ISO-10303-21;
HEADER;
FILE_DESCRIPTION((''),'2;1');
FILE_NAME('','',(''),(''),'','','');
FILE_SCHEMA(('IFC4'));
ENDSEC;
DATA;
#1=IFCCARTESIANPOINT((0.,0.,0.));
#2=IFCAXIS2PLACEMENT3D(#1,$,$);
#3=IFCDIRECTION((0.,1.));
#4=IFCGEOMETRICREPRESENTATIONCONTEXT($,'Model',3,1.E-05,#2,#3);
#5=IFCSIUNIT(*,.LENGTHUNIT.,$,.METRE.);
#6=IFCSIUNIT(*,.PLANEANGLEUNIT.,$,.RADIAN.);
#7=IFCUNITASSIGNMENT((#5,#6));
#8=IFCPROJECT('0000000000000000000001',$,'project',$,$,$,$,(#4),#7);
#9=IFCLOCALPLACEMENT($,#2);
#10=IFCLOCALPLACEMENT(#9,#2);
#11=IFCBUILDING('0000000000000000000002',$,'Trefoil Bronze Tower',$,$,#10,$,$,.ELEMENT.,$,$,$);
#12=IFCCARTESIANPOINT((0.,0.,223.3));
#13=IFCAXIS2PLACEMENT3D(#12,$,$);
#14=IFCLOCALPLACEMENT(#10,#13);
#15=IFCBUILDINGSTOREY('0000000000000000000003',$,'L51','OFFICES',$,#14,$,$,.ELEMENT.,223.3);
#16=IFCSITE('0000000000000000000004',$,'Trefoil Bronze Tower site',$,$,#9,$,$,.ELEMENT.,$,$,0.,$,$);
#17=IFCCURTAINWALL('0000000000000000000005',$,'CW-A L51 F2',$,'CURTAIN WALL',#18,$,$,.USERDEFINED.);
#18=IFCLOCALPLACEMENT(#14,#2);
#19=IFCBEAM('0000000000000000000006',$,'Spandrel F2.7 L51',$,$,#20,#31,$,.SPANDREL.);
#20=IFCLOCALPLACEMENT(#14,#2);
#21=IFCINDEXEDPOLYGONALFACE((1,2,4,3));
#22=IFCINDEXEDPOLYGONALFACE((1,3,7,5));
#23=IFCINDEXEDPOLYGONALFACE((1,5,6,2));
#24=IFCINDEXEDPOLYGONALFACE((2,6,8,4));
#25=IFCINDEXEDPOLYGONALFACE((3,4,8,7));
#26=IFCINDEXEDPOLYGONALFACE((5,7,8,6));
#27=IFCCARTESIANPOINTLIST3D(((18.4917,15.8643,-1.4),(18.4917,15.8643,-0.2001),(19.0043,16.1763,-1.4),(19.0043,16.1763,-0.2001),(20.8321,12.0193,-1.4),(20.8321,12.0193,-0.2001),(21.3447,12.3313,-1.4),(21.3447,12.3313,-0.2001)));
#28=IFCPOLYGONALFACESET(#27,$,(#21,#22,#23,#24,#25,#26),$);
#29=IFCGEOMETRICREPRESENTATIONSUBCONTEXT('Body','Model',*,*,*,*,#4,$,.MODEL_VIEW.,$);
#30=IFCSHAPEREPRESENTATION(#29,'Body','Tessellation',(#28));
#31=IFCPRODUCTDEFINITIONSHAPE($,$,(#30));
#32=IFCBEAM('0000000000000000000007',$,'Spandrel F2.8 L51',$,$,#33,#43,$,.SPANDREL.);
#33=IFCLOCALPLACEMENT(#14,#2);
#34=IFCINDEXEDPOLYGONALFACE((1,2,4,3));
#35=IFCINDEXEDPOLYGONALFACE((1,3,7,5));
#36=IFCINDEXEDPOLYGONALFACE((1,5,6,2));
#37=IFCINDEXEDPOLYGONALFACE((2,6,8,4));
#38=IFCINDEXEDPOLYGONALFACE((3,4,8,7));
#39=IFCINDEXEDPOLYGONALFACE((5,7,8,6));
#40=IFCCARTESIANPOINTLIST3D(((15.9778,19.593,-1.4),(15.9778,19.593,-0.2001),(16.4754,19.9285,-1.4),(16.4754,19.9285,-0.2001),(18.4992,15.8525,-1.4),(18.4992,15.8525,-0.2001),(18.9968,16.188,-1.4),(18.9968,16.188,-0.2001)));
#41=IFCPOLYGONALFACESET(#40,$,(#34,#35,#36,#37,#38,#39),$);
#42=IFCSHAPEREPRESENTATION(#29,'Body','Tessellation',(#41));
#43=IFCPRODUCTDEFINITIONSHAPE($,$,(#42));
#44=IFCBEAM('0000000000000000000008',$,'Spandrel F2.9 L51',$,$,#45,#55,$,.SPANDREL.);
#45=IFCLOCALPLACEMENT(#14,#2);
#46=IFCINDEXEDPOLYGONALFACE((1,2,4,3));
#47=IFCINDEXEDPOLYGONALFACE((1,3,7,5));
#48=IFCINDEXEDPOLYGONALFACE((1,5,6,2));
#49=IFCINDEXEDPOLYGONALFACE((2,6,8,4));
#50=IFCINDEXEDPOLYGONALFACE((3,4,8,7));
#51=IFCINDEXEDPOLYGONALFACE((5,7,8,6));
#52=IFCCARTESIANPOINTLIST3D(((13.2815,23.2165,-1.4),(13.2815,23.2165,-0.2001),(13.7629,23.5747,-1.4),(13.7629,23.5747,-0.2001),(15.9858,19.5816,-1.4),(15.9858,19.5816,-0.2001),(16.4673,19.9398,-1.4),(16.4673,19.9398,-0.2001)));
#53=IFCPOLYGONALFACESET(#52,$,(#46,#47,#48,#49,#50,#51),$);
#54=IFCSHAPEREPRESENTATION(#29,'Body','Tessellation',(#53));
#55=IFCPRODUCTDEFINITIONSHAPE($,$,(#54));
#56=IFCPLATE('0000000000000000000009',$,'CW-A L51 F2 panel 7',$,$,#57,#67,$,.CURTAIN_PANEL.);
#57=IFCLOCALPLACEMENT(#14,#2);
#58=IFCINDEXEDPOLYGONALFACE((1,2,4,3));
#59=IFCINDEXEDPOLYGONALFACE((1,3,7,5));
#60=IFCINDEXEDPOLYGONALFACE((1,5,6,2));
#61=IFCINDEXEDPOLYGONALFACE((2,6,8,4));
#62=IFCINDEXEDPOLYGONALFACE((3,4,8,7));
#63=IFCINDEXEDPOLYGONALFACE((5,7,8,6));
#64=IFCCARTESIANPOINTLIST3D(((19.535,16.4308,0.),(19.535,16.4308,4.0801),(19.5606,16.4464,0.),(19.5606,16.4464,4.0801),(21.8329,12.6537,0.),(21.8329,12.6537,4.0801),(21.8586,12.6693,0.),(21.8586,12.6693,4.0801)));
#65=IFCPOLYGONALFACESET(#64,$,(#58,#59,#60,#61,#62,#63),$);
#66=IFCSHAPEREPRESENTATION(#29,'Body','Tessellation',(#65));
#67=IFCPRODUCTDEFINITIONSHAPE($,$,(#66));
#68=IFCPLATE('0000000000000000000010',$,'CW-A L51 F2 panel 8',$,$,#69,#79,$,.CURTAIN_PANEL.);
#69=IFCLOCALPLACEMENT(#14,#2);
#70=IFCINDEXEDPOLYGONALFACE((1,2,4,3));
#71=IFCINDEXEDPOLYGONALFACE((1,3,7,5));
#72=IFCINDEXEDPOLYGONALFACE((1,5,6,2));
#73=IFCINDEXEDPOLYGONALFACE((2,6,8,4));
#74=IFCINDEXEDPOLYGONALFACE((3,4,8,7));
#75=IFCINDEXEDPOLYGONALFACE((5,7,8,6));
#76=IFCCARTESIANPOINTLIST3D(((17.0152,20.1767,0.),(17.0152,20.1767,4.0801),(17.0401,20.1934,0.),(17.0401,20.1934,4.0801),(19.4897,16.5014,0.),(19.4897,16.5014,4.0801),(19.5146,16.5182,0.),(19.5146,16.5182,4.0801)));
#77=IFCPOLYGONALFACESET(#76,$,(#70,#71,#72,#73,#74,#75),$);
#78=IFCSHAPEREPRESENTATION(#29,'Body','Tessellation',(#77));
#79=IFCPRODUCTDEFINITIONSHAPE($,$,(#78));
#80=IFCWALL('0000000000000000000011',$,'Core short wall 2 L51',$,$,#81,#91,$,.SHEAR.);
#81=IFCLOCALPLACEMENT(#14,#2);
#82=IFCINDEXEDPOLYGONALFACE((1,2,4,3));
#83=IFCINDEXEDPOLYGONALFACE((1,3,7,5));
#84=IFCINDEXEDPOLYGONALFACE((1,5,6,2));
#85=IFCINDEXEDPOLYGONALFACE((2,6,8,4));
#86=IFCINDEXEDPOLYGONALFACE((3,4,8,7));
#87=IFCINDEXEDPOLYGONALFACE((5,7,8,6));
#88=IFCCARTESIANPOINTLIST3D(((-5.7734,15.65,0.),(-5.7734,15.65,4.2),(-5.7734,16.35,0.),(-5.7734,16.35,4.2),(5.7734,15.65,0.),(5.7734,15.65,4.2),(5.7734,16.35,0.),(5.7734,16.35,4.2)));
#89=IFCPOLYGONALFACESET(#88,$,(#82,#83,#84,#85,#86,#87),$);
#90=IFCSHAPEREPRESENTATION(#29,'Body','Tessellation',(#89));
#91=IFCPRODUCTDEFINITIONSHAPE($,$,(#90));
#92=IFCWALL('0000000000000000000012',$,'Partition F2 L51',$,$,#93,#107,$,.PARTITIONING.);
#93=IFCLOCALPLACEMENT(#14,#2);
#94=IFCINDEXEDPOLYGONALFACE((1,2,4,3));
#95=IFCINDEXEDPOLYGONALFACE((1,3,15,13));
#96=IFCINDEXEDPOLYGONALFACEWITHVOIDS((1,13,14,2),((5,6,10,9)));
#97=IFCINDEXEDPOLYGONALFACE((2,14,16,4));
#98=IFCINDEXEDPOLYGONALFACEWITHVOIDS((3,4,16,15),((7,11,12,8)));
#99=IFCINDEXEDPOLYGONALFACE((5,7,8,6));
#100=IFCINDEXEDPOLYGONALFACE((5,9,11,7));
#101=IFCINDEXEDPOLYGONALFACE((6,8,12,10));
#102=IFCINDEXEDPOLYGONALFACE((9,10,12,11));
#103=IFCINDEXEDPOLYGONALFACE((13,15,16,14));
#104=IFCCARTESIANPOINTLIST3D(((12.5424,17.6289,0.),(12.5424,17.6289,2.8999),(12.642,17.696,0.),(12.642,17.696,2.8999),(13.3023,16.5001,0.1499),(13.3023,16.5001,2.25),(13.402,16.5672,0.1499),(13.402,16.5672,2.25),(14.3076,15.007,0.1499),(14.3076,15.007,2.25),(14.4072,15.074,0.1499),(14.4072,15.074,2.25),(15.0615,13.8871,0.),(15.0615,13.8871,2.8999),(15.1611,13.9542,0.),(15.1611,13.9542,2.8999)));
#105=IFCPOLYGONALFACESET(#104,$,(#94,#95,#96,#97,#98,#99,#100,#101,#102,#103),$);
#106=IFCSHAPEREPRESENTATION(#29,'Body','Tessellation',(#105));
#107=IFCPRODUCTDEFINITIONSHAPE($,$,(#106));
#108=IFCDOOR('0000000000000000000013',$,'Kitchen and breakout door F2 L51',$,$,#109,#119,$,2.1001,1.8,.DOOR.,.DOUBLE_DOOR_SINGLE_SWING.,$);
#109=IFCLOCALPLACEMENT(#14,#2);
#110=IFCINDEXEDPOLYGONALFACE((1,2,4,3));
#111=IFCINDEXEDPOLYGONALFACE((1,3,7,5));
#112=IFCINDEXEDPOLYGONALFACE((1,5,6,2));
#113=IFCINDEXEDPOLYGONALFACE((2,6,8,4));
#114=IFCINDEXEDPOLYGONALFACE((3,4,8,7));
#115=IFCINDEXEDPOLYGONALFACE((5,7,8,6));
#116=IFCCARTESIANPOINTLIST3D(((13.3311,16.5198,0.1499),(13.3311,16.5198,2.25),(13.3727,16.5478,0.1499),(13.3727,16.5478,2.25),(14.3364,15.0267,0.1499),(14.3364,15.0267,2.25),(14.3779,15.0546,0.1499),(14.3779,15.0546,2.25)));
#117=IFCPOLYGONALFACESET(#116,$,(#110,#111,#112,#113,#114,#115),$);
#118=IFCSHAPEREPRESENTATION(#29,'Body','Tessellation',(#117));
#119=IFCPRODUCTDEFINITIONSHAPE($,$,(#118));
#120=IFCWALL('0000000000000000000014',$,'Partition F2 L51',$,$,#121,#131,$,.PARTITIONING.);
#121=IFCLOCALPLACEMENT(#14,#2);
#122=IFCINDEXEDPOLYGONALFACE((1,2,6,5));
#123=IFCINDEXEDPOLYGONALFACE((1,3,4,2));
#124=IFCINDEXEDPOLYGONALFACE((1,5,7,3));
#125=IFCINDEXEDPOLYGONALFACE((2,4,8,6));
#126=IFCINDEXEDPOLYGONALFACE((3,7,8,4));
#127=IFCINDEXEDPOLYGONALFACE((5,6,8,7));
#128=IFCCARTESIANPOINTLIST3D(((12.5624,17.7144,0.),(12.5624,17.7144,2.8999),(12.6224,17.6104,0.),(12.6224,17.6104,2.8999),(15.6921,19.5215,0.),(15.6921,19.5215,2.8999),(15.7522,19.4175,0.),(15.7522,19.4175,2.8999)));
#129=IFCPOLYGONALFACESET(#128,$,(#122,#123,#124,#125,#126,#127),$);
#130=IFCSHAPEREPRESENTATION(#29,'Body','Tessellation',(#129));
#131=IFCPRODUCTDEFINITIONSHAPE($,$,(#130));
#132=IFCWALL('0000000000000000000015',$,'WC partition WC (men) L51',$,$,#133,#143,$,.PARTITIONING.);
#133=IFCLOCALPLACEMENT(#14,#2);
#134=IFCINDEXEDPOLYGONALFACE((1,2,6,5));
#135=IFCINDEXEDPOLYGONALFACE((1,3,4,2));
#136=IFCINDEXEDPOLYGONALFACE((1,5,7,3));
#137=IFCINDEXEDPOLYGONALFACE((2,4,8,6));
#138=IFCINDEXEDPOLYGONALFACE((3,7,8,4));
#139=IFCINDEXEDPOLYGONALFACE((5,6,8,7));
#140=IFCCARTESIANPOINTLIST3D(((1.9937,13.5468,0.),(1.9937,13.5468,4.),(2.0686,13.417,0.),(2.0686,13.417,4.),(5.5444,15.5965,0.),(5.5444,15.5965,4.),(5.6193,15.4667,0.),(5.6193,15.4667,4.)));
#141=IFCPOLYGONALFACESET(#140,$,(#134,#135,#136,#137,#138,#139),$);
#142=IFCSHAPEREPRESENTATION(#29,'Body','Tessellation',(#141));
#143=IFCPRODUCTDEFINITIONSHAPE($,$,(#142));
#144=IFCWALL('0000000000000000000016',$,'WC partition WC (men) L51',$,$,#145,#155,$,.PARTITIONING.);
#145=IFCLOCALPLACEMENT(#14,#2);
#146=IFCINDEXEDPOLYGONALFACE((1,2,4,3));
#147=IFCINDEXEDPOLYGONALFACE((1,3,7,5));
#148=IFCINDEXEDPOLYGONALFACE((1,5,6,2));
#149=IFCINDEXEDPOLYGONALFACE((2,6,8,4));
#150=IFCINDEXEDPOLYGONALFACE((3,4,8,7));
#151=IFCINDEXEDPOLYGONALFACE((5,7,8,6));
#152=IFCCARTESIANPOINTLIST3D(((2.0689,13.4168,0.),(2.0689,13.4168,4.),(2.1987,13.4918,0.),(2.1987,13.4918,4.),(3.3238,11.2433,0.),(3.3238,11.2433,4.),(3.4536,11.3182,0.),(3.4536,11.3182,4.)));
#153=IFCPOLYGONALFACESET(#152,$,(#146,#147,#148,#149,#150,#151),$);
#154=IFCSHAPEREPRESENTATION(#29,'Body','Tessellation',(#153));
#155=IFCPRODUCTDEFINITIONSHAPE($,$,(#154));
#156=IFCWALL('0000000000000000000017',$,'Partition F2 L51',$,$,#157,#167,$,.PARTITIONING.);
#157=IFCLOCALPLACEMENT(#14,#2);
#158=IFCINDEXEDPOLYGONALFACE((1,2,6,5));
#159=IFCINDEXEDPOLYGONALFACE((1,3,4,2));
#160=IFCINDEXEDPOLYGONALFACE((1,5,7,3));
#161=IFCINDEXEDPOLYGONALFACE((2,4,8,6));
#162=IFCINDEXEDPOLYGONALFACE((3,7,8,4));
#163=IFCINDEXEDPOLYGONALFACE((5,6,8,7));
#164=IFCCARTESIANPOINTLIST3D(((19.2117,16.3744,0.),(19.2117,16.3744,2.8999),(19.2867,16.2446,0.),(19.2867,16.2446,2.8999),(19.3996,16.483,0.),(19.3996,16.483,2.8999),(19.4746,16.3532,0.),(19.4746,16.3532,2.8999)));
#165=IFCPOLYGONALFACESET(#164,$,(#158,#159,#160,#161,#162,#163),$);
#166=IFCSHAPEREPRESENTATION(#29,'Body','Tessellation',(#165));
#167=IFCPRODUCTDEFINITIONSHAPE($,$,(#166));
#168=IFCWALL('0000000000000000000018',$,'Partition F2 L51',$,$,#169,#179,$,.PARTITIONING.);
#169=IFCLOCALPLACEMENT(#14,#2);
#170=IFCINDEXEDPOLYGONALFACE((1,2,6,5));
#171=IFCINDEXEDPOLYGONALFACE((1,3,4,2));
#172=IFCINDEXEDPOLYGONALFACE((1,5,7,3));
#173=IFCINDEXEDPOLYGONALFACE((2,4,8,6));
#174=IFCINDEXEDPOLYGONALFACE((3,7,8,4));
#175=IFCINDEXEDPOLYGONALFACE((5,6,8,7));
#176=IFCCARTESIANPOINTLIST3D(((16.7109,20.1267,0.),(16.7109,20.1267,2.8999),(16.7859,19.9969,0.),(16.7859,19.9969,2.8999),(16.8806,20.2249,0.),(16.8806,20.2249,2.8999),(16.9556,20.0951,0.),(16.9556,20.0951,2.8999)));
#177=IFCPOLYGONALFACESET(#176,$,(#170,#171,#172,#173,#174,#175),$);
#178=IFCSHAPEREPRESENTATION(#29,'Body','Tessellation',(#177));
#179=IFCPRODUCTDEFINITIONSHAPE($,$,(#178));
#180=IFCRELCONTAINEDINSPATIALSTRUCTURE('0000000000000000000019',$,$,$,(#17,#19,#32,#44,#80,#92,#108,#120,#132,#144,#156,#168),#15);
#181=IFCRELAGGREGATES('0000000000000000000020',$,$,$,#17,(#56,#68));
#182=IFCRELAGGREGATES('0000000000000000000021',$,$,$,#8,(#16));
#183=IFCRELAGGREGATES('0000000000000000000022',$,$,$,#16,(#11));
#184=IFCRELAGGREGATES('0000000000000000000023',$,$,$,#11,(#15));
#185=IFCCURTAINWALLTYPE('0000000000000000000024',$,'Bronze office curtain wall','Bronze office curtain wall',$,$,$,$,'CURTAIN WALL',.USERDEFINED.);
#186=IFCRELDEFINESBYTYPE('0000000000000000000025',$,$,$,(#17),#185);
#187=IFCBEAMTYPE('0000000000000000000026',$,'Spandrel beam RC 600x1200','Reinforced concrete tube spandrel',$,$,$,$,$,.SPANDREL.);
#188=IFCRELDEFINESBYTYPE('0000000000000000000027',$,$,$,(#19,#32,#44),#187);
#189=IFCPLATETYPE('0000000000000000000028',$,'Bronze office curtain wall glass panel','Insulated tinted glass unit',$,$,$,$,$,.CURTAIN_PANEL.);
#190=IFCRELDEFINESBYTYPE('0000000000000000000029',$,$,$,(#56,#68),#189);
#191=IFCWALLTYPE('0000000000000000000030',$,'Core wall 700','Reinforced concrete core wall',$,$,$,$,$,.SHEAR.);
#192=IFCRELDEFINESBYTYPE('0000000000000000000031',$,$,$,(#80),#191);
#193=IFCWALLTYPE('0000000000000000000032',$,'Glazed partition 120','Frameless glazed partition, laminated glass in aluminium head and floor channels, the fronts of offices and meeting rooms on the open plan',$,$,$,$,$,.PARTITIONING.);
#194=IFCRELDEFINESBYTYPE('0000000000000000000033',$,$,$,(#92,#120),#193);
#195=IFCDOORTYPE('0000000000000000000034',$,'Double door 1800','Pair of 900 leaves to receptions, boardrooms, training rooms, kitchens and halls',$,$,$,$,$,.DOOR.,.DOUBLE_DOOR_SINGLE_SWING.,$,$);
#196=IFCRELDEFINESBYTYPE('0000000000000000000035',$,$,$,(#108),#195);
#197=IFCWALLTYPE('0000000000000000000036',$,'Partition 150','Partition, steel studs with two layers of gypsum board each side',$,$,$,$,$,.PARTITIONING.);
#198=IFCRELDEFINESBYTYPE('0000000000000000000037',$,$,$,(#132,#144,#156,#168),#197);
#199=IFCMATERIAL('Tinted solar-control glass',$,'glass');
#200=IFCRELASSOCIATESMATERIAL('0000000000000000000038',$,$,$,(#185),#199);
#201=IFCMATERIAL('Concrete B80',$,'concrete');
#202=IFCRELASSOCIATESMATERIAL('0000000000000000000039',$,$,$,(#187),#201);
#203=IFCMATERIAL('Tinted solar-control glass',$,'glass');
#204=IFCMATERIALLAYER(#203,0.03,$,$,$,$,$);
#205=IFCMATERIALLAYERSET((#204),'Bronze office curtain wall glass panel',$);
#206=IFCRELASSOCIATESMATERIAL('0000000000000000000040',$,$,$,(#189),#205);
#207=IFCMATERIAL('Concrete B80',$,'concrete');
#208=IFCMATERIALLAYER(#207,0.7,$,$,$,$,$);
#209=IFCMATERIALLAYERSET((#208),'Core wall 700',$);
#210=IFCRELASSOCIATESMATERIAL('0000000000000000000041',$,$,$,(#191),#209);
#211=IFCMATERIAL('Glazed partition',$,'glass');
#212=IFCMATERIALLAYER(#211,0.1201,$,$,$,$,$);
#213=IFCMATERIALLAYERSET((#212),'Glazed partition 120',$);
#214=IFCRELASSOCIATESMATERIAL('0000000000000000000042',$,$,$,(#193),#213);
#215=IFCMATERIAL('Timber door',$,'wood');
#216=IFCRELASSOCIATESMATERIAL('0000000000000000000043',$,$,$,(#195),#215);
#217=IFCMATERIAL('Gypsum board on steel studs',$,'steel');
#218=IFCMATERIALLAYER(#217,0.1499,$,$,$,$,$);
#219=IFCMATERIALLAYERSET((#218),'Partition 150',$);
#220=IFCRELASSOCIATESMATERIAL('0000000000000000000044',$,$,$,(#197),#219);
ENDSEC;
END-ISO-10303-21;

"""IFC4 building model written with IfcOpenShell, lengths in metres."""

from ifc_helpers import new_model, si_unit, direction, frame, frame_2d, origin, origin_2d, place, context, subcontext, project, spatial, rectangle, extrude, material, layer, layer_set, material_profile, profile_set, type_object, element, fill, aggregate, save


model = new_model("IFC4")

# Units and contexts
model_context = context("Model", 3, precision=1e-05, world=origin(), true_north=direction((0.0, 1.0)))
body_context = subcontext(model_context, "Body", "Model", "MODEL_VIEW")
ifc_project = project(units=[si_unit("LENGTHUNIT", "METRE"), si_unit("PLANEANGLEUNIT", "RADIAN")], contexts=[model_context])

# Site, building, storey
site_placement = place(None, origin())
site = spatial("IfcSite", under=ifc_project, at=site_placement, Name="Trefoil Bronze Tower site", CompositionType="ELEMENT", RefElevation=0.0)
building_placement = place(site_placement, origin())
building = spatial("IfcBuilding", under=site, at=building_placement, Name="Trefoil Bronze Tower", CompositionType="ELEMENT")
storey_placement = place(building_placement, frame((0.0, 0.0, 223.3)))
storey = spatial("IfcBuildingStorey", under=building, at=storey_placement, Name="L51", Description="OFFICES", CompositionType="ELEMENT", Elevation=223.3)

# Curtain wall
ifc_material_1 = material(Name="Tinted solar-control glass", Category="glass")
curtain_wall_type = type_object("IfcCurtainWallType", Name="Bronze office curtain wall", Description="Bronze office curtain wall", ElementType="CURTAIN WALL", PredefinedType="USERDEFINED", material=ifc_material_1)
curtain_wall_placement = place(storey_placement, origin())
curtain_wall = element("IfcCurtainWall", 1, at=curtain_wall_placement, inside=storey, type_object=curtain_wall_type, Name="CW-A L51 F2", ObjectType="CURTAIN WALL", PredefinedType="USERDEFINED")

# Beams
ifc_material_2 = material(Name="Concrete B80", Category="concrete")
ifc_material_profile_1 = material_profile(ifc_material_2, rectangle(XDim=0.6001, YDim=1.2, at=origin_2d()), Name="RC 600x1200")
ifc_profile_set_1 = profile_set([ifc_material_profile_1], Name="Concrete B80")
beam_type_1 = type_object("IfcBeamType", Name="Spandrel beam RC 600x1200", Description="Reinforced concrete tube spandrel", PredefinedType="SPANDREL", material=ifc_profile_set_1)
beam_1_placement = place(storey_placement, frame((21.0884, 12.1753, -0.8), z_axis=(-0.519933, 0.854207, 0.0), x_axis=(-0.854207, -0.519933, 0.0)))
element("IfcBeam", 2, at=beam_1_placement, inside=storey, type_object=beam_type_1, Name="Spandrel F2.7 L51", PredefinedType="SPANDREL", context=body_context, shape_type="SweptSolid", body=[
    extrude(rectangle(XDim=0.6001, YDim=1.2, at=origin_2d()), origin(), (0.0, 0.0, 1.0), 4.5012),
])
beam_2_placement = place(storey_placement, frame((18.748, 16.0203, -0.8), z_axis=(-0.558964, 0.829192, 0.0), x_axis=(-0.829192, -0.558964, 0.0)))
element("IfcBeam", 3, at=beam_2_placement, inside=storey, type_object=beam_type_1, Name="Spandrel F2.8 L51", PredefinedType="SPANDREL", context=body_context, shape_type="SweptSolid", body=[
    extrude(rectangle(XDim=0.6001, YDim=1.2, at=origin_2d()), origin(), (0.0, 0.0, 1.0), 4.511),
])
beam_3_placement = place(storey_placement, frame((16.2266, 19.7607, -0.8), z_axis=(-0.596926, 0.802296, 0.0), x_axis=(-0.802296, -0.596926, 0.0)))
element("IfcBeam", 4, at=beam_3_placement, inside=storey, type_object=beam_type_1, Name="Spandrel F2.9 L51", PredefinedType="SPANDREL", context=body_context, shape_type="SweptSolid", body=[
    extrude(rectangle(XDim=0.6001, YDim=1.2, at=origin_2d()), origin(), (0.0, 0.0, 1.0), 4.5305),
])

# Plates
ifc_material_3 = material(Name="Tinted solar-control glass", Category="glass")
ifc_layer_1 = layer(ifc_material_3, 0.03)
ifc_layer_set_1 = layer_set([ifc_layer_1], Name="Bronze office curtain wall glass panel")
plate_type = type_object("IfcPlateType", Name="Bronze office curtain wall glass panel", Description="Insulated tinted glass unit", PredefinedType="CURTAIN_PANEL", material=ifc_layer_set_1)
plate_1_placement = place(storey_placement, frame((20.6968, 14.55, 0.0), z_axis=(0.0, 0.0, 1.0), x_axis=(-0.519762, 0.854311, 0.0)))
plate_1 = element("IfcPlate", 5, at=plate_1_placement, type_object=plate_type, Name="CW-A L51 F2 panel 7", PredefinedType="CURTAIN_PANEL", context=body_context, shape_type="SweptSolid", body=[
    extrude(rectangle(XDim=4.4211, YDim=0.03, at=origin_2d()), origin(), (0.0, 0.0, 1.0), 4.0801),
])
plate_2_placement = place(storey_placement, frame((18.2649, 18.3474, 0.0), z_axis=(0.0, 0.0, 1.0), x_axis=(-0.558493, 0.829509, 0.0)))
plate_2 = element("IfcPlate", 6, at=plate_2_placement, type_object=plate_type, Name="CW-A L51 F2 panel 8", PredefinedType="CURTAIN_PANEL", context=body_context, shape_type="SweptSolid", body=[
    extrude(rectangle(XDim=4.4307, YDim=0.03, at=origin_2d()), origin(), (0.0, 0.0, 1.0), 4.0801),
])
aggregate(curtain_wall, [plate_1, plate_2])

# Wall
ifc_material_4 = material(Name="Concrete B80", Category="concrete")
ifc_layer_2 = layer(ifc_material_4, 0.7)
ifc_layer_set_2 = layer_set([ifc_layer_2], Name="Core wall 700")
wall_type_1 = type_object("IfcWallType", Name="Core wall 700", Description="Reinforced concrete core wall", PredefinedType="SHEAR", material=ifc_layer_set_2)
wall_1_placement = place(storey_placement, frame((5.7734, 16.0, 0.0), z_axis=(0.0, 0.0, 1.0), x_axis=(-1.0, 0.0, 0.0)))
element("IfcWall", 7, at=wall_1_placement, inside=storey, type_object=wall_type_1, Name="Core short wall 2 L51", PredefinedType="SHEAR", context=body_context, shape_type="SweptSolid", body=[
    extrude(rectangle(XDim=11.5469, YDim=0.7, at=frame_2d((5.7734, 0.0))), origin(), (0.0, 0.0, 1.0), 4.2),
])

# Wall, opening, door
ifc_material_5 = material(Name="Glazed partition", Category="glass")
ifc_layer_3 = layer(ifc_material_5, 0.1201)
ifc_layer_set_3 = layer_set([ifc_layer_3], Name="Glazed partition 120")
wall_type_2 = type_object("IfcWallType", Name="Glazed partition 120", Description="Frameless glazed partition, laminated glass in aluminium head and floor channels, the fronts of offices and meeting rooms on the open plan", PredefinedType="PARTITIONING", material=ifc_layer_set_3)
wall_2_placement = place(storey_placement, frame((15.1113, 13.9207, 0.0), z_axis=(0.0, 0.0, 1.0), x_axis=(-0.558467, 0.829527, 0.0)))
wall_2 = element("IfcWall", 8, at=wall_2_placement, inside=storey, type_object=wall_type_2, Name="Partition F2 L51", PredefinedType="PARTITIONING", context=body_context, shape_type="SweptSolid", body=[
    extrude(rectangle(XDim=4.5107, YDim=0.1201, at=frame_2d((2.2554, 0.0))), origin(), (0.0, 0.0, 1.0), 2.8999),
])
opening_placement = place(wall_2_placement, frame((1.3501, 0.0, 0.1499)))
opening = element("IfcOpeningElement", 9, at=opening_placement, cuts=wall_2, PredefinedType="OPENING", context=body_context, shape_type="SweptSolid", body=[
    extrude(rectangle(XDim=1.8, YDim=2.1001, at=frame_2d((0.8999, 1.05))), frame((0.0, 0.0701, 0.0), z_axis=(0.0, -1.0, 0.0), x_axis=(1.0, 0.0, 0.0)), (0.0, 0.0, 1.0), 0.1401),
])
ifc_material_6 = material(Name="Timber door", Category="wood")
door_type = type_object("IfcDoorType", Name="Double door 1800", Description="Pair of 900 leaves to receptions, boardrooms, training rooms, kitchens and halls", OperationType="DOUBLE_DOOR_SINGLE_SWING", PredefinedType="DOOR", material=ifc_material_6)
door_placement = place(opening_placement, frame((1.8, 0.0, 0.0), z_axis=(0.0, 0.0, 1.0), x_axis=(-1.0, 0.0, 0.0)))
door = element("IfcDoor", 10, at=door_placement, inside=storey, type_object=door_type, Name="Kitchen and breakout door F2 L51", OperationType="DOUBLE_DOOR_SINGLE_SWING", OverallHeight=2.1001, OverallWidth=1.8, PredefinedType="DOOR", context=body_context, shape_type="SweptSolid", body=[
    extrude(rectangle(XDim=1.8, YDim=2.1001, at=frame_2d((0.8999, 1.05))), frame((0.0, 0.0249, 0.0), z_axis=(0.0, -1.0, 0.0), x_axis=(1.0, 0.0, 0.0)), (0.0, 0.0, 1.0), 0.05),
])
fill(opening, door)

# Walls
wall_3_placement = place(storey_placement, frame((12.5923, 17.6624, 0.0), z_axis=(0.0, 0.0, 1.0), x_axis=(0.866015, 0.500019, 0.0)))
element("IfcWall", 11, at=wall_3_placement, inside=storey, type_object=wall_type_2, Name="Partition F2 L51", PredefinedType="PARTITIONING", context=body_context, shape_type="SweptSolid", body=[
    extrude(rectangle(XDim=3.614, YDim=0.1201, at=frame_2d((1.8071, 0.0))), origin(), (0.0, 0.0, 1.0), 2.8999),
])
ifc_material_7 = material(Name="Gypsum board on steel studs", Category="steel")
ifc_layer_4 = layer(ifc_material_7, 0.1499)
ifc_layer_set_4 = layer_set([ifc_layer_4], Name="Partition 150")
wall_type_3 = type_object("IfcWallType", Name="Partition 150", Description="Partition, steel studs with two layers of gypsum board each side", PredefinedType="PARTITIONING", material=ifc_layer_set_4)
wall_4_placement = place(storey_placement, frame((2.0312, 13.4819, 0.0), z_axis=(0.0, 0.0, 1.0), x_axis=(0.866051, 0.499956, 0.0)))
element("IfcWall", 12, at=wall_4_placement, inside=storey, type_object=wall_type_3, Name="WC partition WC (men) L51", PredefinedType="PARTITIONING", context=body_context, shape_type="SweptSolid", body=[
    extrude(rectangle(XDim=4.0999, YDim=0.1499, at=frame_2d((2.0498, 0.0))), origin(), (0.0, 0.0, 1.0), 4.0),
])
wall_5_placement = place(storey_placement, frame((3.3887, 11.2808, 0.0), z_axis=(0.0, 0.0, 1.0), x_axis=(-0.499989, 0.866032, 0.0)))
element("IfcWall", 13, at=wall_5_placement, inside=storey, type_object=wall_type_3, Name="WC partition WC (men) L51", PredefinedType="PARTITIONING", context=body_context, shape_type="SweptSolid", body=[
    extrude(rectangle(XDim=2.5098, YDim=0.1499, at=frame_2d((1.2549, 0.0))), origin(), (0.0, 0.0, 1.0), 4.0),
])
wall_6_placement = place(storey_placement, frame((19.2493, 16.3096, 0.0), z_axis=(0.0, 0.0, 1.0), x_axis=(0.865811, 0.500371, 0.0)))
element("IfcWall", 14, at=wall_6_placement, inside=storey, type_object=wall_type_3, Name="Partition F2 L51", PredefinedType="PARTITIONING", context=body_context, shape_type="SweptSolid", body=[
    extrude(rectangle(XDim=0.217, YDim=0.1499, at=frame_2d((0.1084, 0.0))), origin(), (0.0, 0.0, 1.0), 2.8999),
])
wall_7_placement = place(storey_placement, frame((16.7483, 20.0618, 0.0), z_axis=(0.0, 0.0, 1.0), x_axis=(0.865625, 0.500693, 0.0)))
element("IfcWall", 15, at=wall_7_placement, inside=storey, type_object=wall_type_3, Name="Partition F2 L51", PredefinedType="PARTITIONING", context=body_context, shape_type="SweptSolid", body=[
    extrude(rectangle(XDim=0.196, YDim=0.1499, at=frame_2d((0.0981, 0.0))), origin(), (0.0, 0.0, 1.0), 2.8999),
])

save(model, "model.ifc")
